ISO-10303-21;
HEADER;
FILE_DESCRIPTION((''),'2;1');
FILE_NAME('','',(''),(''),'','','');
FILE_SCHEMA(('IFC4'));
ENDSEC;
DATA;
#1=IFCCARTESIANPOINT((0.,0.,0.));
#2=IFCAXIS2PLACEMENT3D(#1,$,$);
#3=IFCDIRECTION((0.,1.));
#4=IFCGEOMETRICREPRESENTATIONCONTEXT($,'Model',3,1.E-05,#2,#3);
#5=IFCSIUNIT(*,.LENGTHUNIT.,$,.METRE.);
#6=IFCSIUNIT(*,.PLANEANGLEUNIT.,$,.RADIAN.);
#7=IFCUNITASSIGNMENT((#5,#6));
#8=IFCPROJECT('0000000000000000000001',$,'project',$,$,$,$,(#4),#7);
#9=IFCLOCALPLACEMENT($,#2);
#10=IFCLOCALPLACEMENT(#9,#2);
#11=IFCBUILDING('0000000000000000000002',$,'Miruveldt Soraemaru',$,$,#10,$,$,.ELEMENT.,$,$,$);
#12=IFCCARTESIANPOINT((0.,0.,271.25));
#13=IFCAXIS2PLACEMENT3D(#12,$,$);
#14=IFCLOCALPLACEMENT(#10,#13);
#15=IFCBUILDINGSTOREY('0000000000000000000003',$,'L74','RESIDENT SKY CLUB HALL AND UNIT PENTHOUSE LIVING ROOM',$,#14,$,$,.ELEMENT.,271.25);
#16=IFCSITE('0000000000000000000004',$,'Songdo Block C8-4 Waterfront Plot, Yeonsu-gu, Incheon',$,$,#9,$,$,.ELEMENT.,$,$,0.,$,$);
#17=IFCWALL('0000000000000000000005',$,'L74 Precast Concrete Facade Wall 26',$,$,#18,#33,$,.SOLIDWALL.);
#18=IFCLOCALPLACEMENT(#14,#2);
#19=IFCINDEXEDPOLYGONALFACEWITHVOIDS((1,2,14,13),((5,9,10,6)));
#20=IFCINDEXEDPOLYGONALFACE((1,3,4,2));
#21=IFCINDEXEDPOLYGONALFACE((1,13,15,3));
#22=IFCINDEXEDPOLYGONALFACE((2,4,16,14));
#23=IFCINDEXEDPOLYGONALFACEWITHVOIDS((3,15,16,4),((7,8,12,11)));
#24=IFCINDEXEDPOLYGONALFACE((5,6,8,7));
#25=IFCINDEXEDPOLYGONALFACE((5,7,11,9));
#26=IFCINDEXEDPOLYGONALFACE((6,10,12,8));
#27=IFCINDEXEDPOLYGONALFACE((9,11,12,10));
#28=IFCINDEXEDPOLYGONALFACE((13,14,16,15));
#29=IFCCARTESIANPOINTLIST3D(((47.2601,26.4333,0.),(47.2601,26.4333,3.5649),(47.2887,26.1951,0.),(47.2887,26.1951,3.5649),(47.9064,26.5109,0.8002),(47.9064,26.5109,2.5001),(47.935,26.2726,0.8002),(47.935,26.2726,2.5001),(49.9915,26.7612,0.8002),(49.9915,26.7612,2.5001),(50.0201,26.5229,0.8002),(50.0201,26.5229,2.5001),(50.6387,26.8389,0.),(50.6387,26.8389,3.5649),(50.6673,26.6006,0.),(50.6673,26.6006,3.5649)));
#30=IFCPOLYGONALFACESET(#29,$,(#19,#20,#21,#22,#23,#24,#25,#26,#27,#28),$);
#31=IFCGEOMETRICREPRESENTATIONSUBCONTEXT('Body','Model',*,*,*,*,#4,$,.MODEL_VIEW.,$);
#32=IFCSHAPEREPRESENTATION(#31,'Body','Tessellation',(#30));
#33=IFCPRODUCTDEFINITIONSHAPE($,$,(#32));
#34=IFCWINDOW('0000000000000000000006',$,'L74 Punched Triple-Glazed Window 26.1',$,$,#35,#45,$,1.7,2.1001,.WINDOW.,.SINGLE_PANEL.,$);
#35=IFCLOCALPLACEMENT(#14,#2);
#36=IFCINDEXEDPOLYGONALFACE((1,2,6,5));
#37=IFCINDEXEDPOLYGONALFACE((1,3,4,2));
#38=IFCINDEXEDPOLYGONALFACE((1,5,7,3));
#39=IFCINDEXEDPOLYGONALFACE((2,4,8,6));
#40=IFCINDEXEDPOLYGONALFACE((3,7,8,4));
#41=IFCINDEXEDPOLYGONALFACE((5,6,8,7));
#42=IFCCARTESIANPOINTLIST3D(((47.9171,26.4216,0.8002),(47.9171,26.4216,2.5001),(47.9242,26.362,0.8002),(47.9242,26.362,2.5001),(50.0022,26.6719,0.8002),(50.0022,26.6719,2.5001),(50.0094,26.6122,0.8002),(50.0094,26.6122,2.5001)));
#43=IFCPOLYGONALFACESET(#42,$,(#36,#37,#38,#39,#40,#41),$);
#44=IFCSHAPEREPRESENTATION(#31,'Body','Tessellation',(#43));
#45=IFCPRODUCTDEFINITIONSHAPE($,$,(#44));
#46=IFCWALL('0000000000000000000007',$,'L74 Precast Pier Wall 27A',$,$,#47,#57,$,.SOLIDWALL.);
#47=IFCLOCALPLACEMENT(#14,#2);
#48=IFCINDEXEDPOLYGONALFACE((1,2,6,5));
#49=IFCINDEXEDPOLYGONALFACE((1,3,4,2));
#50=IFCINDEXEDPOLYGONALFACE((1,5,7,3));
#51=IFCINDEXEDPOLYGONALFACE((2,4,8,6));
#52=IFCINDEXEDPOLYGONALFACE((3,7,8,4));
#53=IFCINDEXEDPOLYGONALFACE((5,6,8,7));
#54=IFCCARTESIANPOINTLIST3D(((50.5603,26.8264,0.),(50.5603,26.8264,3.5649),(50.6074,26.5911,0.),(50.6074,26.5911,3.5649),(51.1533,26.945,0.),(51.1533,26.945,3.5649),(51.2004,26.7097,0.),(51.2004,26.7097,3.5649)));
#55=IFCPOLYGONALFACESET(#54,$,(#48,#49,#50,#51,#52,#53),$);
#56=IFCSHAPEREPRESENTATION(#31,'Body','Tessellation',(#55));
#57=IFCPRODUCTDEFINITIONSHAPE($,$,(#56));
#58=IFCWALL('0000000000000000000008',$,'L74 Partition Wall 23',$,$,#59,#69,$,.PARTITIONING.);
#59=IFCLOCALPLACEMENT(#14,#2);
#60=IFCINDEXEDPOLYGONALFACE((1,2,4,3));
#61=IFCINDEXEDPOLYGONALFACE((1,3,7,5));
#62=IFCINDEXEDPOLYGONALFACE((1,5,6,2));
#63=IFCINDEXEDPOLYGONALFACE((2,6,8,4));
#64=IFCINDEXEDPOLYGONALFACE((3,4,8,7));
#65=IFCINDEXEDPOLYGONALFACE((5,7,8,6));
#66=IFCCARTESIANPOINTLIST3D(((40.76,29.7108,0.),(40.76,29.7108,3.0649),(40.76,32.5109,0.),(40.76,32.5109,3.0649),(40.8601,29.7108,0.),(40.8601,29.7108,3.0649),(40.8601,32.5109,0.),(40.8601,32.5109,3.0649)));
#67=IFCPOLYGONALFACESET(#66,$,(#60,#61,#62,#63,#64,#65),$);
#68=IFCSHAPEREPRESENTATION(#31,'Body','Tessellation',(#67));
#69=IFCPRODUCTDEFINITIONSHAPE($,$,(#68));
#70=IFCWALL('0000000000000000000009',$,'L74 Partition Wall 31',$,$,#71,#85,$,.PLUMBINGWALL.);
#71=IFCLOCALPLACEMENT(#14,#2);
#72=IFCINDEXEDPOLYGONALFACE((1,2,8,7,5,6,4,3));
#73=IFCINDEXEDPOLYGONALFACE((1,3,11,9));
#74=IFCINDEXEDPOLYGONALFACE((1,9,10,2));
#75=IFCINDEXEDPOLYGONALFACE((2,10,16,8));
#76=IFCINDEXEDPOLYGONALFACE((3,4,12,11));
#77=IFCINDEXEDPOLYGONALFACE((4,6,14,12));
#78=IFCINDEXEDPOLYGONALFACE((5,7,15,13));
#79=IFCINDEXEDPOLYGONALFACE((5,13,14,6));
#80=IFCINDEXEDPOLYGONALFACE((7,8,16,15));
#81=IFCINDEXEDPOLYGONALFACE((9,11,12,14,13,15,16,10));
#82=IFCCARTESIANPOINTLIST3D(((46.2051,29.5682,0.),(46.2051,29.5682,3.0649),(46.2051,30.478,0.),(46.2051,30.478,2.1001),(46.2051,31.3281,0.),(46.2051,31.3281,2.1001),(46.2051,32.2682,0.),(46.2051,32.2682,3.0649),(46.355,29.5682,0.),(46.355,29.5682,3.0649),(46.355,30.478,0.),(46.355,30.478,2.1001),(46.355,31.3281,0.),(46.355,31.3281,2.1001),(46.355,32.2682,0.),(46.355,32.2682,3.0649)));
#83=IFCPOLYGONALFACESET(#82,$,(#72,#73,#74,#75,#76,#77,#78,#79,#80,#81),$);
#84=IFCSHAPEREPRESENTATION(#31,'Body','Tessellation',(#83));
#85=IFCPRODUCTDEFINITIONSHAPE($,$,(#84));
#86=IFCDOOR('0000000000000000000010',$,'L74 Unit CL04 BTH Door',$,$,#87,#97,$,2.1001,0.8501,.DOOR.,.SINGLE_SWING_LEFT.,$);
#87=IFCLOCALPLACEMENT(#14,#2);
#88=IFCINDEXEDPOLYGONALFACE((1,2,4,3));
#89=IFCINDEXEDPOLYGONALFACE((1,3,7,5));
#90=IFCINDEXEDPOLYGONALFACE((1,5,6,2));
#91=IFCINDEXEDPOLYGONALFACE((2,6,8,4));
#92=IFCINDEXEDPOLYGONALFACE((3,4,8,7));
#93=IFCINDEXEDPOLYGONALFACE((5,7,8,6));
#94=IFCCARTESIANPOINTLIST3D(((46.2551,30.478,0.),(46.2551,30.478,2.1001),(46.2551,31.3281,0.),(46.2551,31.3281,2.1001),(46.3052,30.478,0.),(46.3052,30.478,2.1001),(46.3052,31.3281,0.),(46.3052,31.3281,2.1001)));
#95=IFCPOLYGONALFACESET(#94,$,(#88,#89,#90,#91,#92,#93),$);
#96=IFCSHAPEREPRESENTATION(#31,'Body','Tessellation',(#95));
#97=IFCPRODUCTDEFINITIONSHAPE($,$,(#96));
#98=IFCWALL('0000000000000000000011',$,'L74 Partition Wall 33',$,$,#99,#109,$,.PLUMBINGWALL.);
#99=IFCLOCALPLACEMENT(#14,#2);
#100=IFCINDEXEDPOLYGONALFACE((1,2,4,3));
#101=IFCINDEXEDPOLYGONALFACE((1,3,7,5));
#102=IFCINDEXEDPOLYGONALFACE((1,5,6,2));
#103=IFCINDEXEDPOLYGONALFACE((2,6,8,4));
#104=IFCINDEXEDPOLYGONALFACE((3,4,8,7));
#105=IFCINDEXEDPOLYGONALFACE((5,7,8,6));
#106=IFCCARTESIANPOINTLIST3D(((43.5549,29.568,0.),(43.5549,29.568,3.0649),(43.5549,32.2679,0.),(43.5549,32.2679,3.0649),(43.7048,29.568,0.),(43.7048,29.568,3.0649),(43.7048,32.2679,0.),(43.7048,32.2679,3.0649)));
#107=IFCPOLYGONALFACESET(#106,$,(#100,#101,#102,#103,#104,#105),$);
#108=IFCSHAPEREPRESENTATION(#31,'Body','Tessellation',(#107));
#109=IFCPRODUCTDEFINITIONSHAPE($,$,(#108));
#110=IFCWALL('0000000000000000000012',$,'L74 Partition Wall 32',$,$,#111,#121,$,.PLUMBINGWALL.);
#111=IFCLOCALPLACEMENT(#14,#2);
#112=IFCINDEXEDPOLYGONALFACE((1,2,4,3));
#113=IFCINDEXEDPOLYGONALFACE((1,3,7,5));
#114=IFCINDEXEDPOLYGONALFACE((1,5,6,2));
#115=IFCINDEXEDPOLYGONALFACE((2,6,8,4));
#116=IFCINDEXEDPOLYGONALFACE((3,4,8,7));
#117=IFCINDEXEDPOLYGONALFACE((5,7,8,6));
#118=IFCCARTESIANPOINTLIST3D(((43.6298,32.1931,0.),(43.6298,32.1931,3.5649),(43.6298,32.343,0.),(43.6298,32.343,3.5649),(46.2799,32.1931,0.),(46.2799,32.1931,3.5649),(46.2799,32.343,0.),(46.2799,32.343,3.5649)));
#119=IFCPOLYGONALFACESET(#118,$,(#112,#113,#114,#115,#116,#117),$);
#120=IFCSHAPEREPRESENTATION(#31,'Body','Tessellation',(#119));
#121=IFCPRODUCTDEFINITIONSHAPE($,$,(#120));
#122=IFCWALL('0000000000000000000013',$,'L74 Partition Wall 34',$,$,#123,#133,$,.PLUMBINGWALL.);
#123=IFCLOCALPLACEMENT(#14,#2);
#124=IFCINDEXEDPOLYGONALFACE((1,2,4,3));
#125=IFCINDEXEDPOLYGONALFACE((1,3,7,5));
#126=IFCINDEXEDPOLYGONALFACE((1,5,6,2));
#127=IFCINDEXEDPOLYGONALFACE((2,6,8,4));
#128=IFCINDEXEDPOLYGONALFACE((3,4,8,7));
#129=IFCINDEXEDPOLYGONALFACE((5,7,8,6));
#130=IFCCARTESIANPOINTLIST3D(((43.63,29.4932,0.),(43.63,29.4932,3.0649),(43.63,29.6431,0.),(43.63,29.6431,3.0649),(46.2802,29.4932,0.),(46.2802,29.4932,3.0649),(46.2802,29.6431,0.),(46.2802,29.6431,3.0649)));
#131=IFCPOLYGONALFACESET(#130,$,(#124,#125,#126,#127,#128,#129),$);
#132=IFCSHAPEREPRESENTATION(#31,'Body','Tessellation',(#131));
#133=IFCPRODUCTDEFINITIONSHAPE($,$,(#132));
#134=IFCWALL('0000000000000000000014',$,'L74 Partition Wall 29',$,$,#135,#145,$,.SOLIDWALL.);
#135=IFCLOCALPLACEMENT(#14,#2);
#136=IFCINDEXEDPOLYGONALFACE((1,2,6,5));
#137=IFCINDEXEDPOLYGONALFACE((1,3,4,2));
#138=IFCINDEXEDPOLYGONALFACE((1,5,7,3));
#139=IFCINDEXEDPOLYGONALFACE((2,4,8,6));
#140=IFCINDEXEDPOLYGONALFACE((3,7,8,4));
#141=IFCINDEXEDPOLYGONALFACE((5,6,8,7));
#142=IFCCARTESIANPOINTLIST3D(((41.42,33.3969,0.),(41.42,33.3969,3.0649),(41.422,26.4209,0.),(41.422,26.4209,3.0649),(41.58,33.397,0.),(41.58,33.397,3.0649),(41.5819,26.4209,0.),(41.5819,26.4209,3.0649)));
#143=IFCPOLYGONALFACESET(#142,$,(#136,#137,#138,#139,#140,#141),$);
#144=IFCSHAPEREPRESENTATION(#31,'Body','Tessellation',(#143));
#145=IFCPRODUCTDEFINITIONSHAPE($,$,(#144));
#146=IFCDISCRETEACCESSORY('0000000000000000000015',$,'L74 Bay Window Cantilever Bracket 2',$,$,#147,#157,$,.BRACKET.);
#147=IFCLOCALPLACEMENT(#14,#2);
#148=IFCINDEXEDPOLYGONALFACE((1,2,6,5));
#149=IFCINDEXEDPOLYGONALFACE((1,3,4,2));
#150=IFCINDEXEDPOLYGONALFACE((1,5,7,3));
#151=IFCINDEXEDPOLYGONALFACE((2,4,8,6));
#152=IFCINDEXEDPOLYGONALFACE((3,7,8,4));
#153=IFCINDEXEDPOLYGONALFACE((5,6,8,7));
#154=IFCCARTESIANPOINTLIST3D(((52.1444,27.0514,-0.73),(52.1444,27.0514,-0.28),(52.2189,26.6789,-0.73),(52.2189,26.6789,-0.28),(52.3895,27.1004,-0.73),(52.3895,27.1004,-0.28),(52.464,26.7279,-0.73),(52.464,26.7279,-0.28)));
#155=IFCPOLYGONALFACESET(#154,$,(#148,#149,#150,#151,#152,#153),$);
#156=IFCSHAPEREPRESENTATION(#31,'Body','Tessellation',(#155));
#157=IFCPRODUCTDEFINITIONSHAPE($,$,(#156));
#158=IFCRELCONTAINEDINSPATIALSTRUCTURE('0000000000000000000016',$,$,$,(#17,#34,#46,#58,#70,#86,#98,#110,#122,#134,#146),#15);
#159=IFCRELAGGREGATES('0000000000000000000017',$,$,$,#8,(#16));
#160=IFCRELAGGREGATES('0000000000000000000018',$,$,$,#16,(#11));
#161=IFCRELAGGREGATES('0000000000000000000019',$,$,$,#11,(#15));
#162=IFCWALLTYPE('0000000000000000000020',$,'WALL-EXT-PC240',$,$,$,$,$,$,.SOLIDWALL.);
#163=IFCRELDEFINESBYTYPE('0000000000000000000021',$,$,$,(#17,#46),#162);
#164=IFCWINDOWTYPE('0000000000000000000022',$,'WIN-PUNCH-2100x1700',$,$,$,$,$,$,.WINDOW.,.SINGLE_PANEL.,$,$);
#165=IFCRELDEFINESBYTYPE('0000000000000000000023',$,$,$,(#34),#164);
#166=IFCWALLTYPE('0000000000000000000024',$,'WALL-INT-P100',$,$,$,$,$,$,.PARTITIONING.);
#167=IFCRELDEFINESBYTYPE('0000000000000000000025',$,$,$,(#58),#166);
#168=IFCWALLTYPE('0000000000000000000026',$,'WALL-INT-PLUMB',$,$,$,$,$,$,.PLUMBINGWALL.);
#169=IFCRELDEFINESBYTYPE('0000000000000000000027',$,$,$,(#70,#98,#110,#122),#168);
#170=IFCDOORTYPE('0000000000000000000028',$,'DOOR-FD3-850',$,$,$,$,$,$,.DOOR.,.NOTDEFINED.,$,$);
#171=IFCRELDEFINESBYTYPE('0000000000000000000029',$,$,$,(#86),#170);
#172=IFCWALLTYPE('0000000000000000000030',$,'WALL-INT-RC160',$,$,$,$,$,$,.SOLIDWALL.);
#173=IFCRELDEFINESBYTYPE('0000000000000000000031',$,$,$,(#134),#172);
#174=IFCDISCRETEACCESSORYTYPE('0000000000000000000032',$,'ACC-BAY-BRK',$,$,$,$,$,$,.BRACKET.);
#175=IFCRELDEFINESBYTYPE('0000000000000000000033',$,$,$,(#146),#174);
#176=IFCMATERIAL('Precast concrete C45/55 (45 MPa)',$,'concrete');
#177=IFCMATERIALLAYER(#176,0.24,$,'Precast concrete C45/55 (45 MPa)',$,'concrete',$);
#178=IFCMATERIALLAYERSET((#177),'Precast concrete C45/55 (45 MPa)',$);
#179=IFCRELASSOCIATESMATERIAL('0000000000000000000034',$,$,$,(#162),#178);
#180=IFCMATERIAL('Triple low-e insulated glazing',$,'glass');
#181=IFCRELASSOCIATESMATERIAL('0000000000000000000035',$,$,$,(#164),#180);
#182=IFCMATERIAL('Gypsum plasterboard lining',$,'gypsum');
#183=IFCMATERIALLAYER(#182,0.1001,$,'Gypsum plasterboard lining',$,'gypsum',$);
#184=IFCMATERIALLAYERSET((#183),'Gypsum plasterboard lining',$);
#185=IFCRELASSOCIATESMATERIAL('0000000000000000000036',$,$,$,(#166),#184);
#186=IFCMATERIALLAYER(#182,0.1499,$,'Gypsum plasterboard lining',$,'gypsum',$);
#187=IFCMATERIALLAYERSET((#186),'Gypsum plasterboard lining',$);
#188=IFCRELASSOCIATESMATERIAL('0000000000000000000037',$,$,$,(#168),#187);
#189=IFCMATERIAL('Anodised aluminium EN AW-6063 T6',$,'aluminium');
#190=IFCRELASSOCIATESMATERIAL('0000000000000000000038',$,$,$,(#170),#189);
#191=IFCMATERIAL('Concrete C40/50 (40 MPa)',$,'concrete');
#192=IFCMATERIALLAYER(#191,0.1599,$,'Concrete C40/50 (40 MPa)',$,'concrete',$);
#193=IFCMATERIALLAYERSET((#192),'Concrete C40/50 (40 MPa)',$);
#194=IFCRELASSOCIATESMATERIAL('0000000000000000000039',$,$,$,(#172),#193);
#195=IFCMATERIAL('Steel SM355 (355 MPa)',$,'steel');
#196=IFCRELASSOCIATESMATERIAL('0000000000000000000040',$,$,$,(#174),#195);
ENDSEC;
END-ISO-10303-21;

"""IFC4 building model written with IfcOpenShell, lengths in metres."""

from ifc_helpers import new_model, si_unit, direction, frame, frame_2d, origin, origin_2d, place, context, subcontext, project, spatial, rectangle, extrude, material, layer, layer_set, type_object, element, fill, save


model = new_model("IFC4")

# Units and contexts
model_context = context("Model", 3, precision=1e-05, world=origin(), true_north=direction((0.0, 1.0)))
body_context = subcontext(model_context, "Body", "Model", "MODEL_VIEW")
ifc_project = project(units=[si_unit("LENGTHUNIT", "METRE"), si_unit("PLANEANGLEUNIT", "RADIAN")], contexts=[model_context])

# Site, building, storey
site_placement = place(None, origin())
site = spatial("IfcSite", under=ifc_project, at=site_placement, Name="Songdo Block C8-4 Waterfront Plot, Yeonsu-gu, Incheon", CompositionType="ELEMENT", RefElevation=0.0)
building_placement = place(site_placement, origin())
building = spatial("IfcBuilding", under=site, at=building_placement, Name="Miruveldt Soraemaru", CompositionType="ELEMENT")
storey_placement = place(building_placement, frame((0.0, 0.0, 271.25)))
storey = spatial("IfcBuildingStorey", under=building, at=storey_placement, Name="L74", Description="RESIDENT SKY CLUB HALL AND UNIT PENTHOUSE LIVING ROOM", CompositionType="ELEMENT", Elevation=271.25)

# Shared definitions
ifc_material_1 = material(Name="Steel SM355 (355 MPa)", Category="steel")

# Wall, opening, window
ifc_material_2 = material(Name="Triple low-e insulated glazing", Category="glass")
ifc_material_3 = material(Name="Precast concrete C45/55 (45 MPa)", Category="concrete")
ifc_layer_1 = layer(ifc_material_3, 0.24, Name="Precast concrete C45/55 (45 MPa)", Category="concrete")
ifc_layer_set_1 = layer_set([ifc_layer_1], Name="Precast concrete C45/55 (45 MPa)")
wall_type_1 = type_object("IfcWallType", Name="WALL-EXT-PC240", PredefinedType="SOLIDWALL", material=ifc_layer_set_1)
window_type_1 = type_object("IfcWindowType", Name="WIN-PUNCH-2100x1700", PartitioningType="SINGLE_PANEL", PredefinedType="WINDOW", material=ifc_material_2)
wall_1_placement = place(storey_placement, frame((47.2744, 26.3142, 0.0), z_axis=(0.0, 0.0, 1.0), x_axis=(0.992874, 0.119168, 0.0)))
wall_1 = element("IfcWall", 1, at=wall_1_placement, inside=storey, type_object=wall_type_1, Name="L74 Precast Concrete Facade Wall 26", PredefinedType="SOLIDWALL", context=body_context, shape_type="SweptSolid", body=[
    extrude(rectangle(XDim=3.4028, YDim=0.24, at=frame_2d((1.7014, 0.0))), origin(), (0.0, 0.0, 1.0), 3.5649),
])
opening_1_placement = place(wall_1_placement, frame((0.6509, 0.0, 0.8)))
opening_1 = element("IfcOpeningElement", 2, at=opening_1_placement, cuts=wall_1, PredefinedType="OPENING", context=body_context, shape_type="SweptSolid", body=[
    extrude(rectangle(XDim=2.1001, YDim=1.7, at=frame_2d((1.05, 0.8501))), frame((0.0, 0.1299, 0.0), z_axis=(0.0, -1.0, 0.0), x_axis=(1.0, 0.0, 0.0)), (0.0, 0.0, 1.0), 0.26),
])
window_1_placement = place(opening_1_placement, origin())
window_1 = element("IfcWindow", 3, at=window_1_placement, inside=storey, type_object=window_type_1, Name="L74 Punched Triple-Glazed Window 26.1", OverallHeight=1.7, OverallWidth=2.1001, PartitioningType="SINGLE_PANEL", PredefinedType="WINDOW", context=body_context, shape_type="SweptSolid", body=[
    extrude(rectangle(XDim=2.1001, YDim=1.7, at=frame_2d((1.05, 0.8501))), frame((0.0, 0.03, 0.0), z_axis=(0.0, -1.0, 0.0), x_axis=(1.0, 0.0, 0.0)), (0.0, 0.0, 1.0), 0.0601),
])
fill(opening_1, window_1)

# Walls
wall_2_placement = place(storey_placement, frame((50.584, 26.7087, 0.0), z_axis=(0.0, 0.0, 1.0), x_axis=(0.980565, 0.196194, 0.0)))
element("IfcWall", 4, at=wall_2_placement, inside=storey, type_object=wall_type_1, Name="L74 Precast Pier Wall 27A", PredefinedType="SOLIDWALL", context=body_context, shape_type="SweptSolid", body=[
    extrude(rectangle(XDim=0.6047, YDim=0.24, at=frame_2d((0.3022, 0.0))), origin(), (0.0, 0.0, 1.0), 3.5649),
])
ifc_material_4 = material(Name="Gypsum plasterboard lining", Category="gypsum")
ifc_layer_2 = layer(ifc_material_4, 0.1001, Name="Gypsum plasterboard lining", Category="gypsum")
ifc_layer_set_2 = layer_set([ifc_layer_2], Name="Gypsum plasterboard lining")
wall_type_2 = type_object("IfcWallType", Name="WALL-INT-P100", PredefinedType="PARTITIONING", material=ifc_layer_set_2)
wall_3_placement = place(storey_placement, frame((40.8101, 29.7109, 0.0), z_axis=(0.0, 0.0, 1.0), x_axis=(0.0, 1.0, 0.0)))
element("IfcWall", 5, at=wall_3_placement, inside=storey, type_object=wall_type_2, Name="L74 Partition Wall 23", PredefinedType="PARTITIONING", context=body_context, shape_type="SweptSolid", body=[
    extrude(rectangle(XDim=2.8, YDim=0.1001, at=frame_2d((1.3999, 0.0))), origin(), (0.0, 0.0, 1.0), 3.0649),
])

# Wall, opening, door
ifc_layer_3 = layer(ifc_material_4, 0.1499, Name="Gypsum plasterboard lining", Category="gypsum")
ifc_layer_set_3 = layer_set([ifc_layer_3], Name="Gypsum plasterboard lining")
wall_type_3 = type_object("IfcWallType", Name="WALL-INT-PLUMB", PredefinedType="PLUMBINGWALL", material=ifc_layer_set_3)
wall_4_placement = place(storey_placement, frame((46.28, 29.5681, 0.0), z_axis=(0.0, 0.0, 1.0), x_axis=(0.0, 1.0, 0.0)))
wall_4 = element("IfcWall", 6, at=wall_4_placement, inside=storey, type_object=wall_type_3, Name="L74 Partition Wall 31", PredefinedType="PLUMBINGWALL", context=body_context, shape_type="SweptSolid", body=[
    extrude(rectangle(XDim=2.7, YDim=0.1499, at=frame_2d((1.3501, 0.0))), origin(), (0.0, 0.0, 1.0), 3.0649),
])
opening_2_placement = place(wall_4_placement, frame((0.9099, 0.0, 0.0)))
opening_2 = element("IfcOpeningElement", 7, at=opening_2_placement, cuts=wall_4, PredefinedType="OPENING", context=body_context, shape_type="SweptSolid", body=[
    extrude(rectangle(XDim=0.8501, YDim=2.1001, at=frame_2d((0.425, 1.05))), frame((0.0, 0.085, 0.0), z_axis=(0.0, -1.0, 0.0), x_axis=(1.0, 0.0, 0.0)), (0.0, 0.0, 1.0), 0.1699),
])
ifc_material_5 = material(Name="Anodised aluminium EN AW-6063 T6", Category="aluminium")
door_type = type_object("IfcDoorType", Name="DOOR-FD3-850", OperationType="NOTDEFINED", PredefinedType="DOOR", material=ifc_material_5)
door_placement = place(opening_2_placement, origin())
door = element("IfcDoor", 8, at=door_placement, inside=storey, type_object=door_type, Name="L74 Unit CL04 BTH Door", OperationType="SINGLE_SWING_LEFT", OverallHeight=2.1001, OverallWidth=0.8501, PredefinedType="DOOR", context=body_context, shape_type="SweptSolid", body=[
    extrude(rectangle(XDim=0.8501, YDim=2.1001, at=frame_2d((0.425, 1.05))), frame((0.0, 0.0249, 0.0), z_axis=(0.0, -1.0, 0.0), x_axis=(1.0, 0.0, 0.0)), (0.0, 0.0, 1.0), 0.05),
])
fill(opening_2, door)

# Walls
wall_5_placement = place(storey_placement, frame((43.6299, 32.2681, 0.0), z_axis=(0.0, 0.0, 1.0), x_axis=(0.0, -1.0, 0.0)))
element("IfcWall", 9, at=wall_5_placement, inside=storey, type_object=wall_type_3, Name="L74 Partition Wall 33", PredefinedType="PLUMBINGWALL", context=body_context, shape_type="SweptSolid", body=[
    extrude(rectangle(XDim=2.7, YDim=0.1499, at=frame_2d((1.3501, 0.0))), origin(), (0.0, 0.0, 1.0), 3.0649),
])
wall_6_placement = place(storey_placement, frame((46.28, 32.2681, 0.0), z_axis=(0.0, 0.0, 1.0), x_axis=(-1.0, 0.0, 0.0)))
element("IfcWall", 10, at=wall_6_placement, inside=storey, type_object=wall_type_3, Name="L74 Partition Wall 32", PredefinedType="PLUMBINGWALL", context=body_context, shape_type="SweptSolid", body=[
    extrude(rectangle(XDim=2.6501, YDim=0.1499, at=frame_2d((1.3252, 0.0))), origin(), (0.0, 0.0, 1.0), 3.5649),
])
wall_7_placement = place(storey_placement, frame((43.6299, 29.5681, 0.0), z_axis=(0.0, 0.0, 1.0), x_axis=(1.0, 0.0, 0.0)))
element("IfcWall", 11, at=wall_7_placement, inside=storey, type_object=wall_type_3, Name="L74 Partition Wall 34", PredefinedType="PLUMBINGWALL", context=body_context, shape_type="SweptSolid", body=[
    extrude(rectangle(XDim=2.6501, YDim=0.1499, at=frame_2d((1.3252, 0.0))), origin(), (0.0, 0.0, 1.0), 3.0649),
])
ifc_material_6 = material(Name="Concrete C40/50 (40 MPa)", Category="concrete")
ifc_layer_4 = layer(ifc_material_6, 0.1599, Name="Concrete C40/50 (40 MPa)", Category="concrete")
ifc_layer_set_4 = layer_set([ifc_layer_4], Name="Concrete C40/50 (40 MPa)")
wall_type_4 = type_object("IfcWallType", Name="WALL-INT-RC160", PredefinedType="SOLIDWALL", material=ifc_layer_set_4)
wall_8_placement = place(storey_placement, frame((41.502, 26.4209, 0.0), z_axis=(0.0, 0.0, 1.0), x_axis=(-0.00028, 1.0, 0.0)))
element("IfcWall", 12, at=wall_8_placement, inside=storey, type_object=wall_type_4, Name="L74 Partition Wall 29", PredefinedType="SOLIDWALL", context=body_context, shape_type="SweptSolid", body=[
    extrude(rectangle(XDim=6.9761, YDim=0.1599, at=frame_2d((3.488, 0.0))), origin(), (0.0, 0.0, 1.0), 3.0649),
])

# Discrete accessory
discrete_accessory_type = type_object("IfcDiscreteAccessoryType", Name="ACC-BAY-BRK", PredefinedType="BRACKET", material=ifc_material_1)
discrete_accessory_placement = place(storey_placement, frame((52.3042, 26.8896, -0.73), z_axis=(0.0, 0.0, 1.0), x_axis=(0.1961, -0.980584, 0.0)))
element("IfcDiscreteAccessory", 13, at=discrete_accessory_placement, inside=storey, type_object=discrete_accessory_type, Name="L74 Bay Window Cantilever Bracket 2", PredefinedType="BRACKET", context=body_context, shape_type="SweptSolid", body=[
    extrude(rectangle(XDim=0.3799, YDim=0.25, at=origin_2d()), origin(), (0.0, 0.0, 1.0), 0.45),
])

save(model, "model.ifc")
